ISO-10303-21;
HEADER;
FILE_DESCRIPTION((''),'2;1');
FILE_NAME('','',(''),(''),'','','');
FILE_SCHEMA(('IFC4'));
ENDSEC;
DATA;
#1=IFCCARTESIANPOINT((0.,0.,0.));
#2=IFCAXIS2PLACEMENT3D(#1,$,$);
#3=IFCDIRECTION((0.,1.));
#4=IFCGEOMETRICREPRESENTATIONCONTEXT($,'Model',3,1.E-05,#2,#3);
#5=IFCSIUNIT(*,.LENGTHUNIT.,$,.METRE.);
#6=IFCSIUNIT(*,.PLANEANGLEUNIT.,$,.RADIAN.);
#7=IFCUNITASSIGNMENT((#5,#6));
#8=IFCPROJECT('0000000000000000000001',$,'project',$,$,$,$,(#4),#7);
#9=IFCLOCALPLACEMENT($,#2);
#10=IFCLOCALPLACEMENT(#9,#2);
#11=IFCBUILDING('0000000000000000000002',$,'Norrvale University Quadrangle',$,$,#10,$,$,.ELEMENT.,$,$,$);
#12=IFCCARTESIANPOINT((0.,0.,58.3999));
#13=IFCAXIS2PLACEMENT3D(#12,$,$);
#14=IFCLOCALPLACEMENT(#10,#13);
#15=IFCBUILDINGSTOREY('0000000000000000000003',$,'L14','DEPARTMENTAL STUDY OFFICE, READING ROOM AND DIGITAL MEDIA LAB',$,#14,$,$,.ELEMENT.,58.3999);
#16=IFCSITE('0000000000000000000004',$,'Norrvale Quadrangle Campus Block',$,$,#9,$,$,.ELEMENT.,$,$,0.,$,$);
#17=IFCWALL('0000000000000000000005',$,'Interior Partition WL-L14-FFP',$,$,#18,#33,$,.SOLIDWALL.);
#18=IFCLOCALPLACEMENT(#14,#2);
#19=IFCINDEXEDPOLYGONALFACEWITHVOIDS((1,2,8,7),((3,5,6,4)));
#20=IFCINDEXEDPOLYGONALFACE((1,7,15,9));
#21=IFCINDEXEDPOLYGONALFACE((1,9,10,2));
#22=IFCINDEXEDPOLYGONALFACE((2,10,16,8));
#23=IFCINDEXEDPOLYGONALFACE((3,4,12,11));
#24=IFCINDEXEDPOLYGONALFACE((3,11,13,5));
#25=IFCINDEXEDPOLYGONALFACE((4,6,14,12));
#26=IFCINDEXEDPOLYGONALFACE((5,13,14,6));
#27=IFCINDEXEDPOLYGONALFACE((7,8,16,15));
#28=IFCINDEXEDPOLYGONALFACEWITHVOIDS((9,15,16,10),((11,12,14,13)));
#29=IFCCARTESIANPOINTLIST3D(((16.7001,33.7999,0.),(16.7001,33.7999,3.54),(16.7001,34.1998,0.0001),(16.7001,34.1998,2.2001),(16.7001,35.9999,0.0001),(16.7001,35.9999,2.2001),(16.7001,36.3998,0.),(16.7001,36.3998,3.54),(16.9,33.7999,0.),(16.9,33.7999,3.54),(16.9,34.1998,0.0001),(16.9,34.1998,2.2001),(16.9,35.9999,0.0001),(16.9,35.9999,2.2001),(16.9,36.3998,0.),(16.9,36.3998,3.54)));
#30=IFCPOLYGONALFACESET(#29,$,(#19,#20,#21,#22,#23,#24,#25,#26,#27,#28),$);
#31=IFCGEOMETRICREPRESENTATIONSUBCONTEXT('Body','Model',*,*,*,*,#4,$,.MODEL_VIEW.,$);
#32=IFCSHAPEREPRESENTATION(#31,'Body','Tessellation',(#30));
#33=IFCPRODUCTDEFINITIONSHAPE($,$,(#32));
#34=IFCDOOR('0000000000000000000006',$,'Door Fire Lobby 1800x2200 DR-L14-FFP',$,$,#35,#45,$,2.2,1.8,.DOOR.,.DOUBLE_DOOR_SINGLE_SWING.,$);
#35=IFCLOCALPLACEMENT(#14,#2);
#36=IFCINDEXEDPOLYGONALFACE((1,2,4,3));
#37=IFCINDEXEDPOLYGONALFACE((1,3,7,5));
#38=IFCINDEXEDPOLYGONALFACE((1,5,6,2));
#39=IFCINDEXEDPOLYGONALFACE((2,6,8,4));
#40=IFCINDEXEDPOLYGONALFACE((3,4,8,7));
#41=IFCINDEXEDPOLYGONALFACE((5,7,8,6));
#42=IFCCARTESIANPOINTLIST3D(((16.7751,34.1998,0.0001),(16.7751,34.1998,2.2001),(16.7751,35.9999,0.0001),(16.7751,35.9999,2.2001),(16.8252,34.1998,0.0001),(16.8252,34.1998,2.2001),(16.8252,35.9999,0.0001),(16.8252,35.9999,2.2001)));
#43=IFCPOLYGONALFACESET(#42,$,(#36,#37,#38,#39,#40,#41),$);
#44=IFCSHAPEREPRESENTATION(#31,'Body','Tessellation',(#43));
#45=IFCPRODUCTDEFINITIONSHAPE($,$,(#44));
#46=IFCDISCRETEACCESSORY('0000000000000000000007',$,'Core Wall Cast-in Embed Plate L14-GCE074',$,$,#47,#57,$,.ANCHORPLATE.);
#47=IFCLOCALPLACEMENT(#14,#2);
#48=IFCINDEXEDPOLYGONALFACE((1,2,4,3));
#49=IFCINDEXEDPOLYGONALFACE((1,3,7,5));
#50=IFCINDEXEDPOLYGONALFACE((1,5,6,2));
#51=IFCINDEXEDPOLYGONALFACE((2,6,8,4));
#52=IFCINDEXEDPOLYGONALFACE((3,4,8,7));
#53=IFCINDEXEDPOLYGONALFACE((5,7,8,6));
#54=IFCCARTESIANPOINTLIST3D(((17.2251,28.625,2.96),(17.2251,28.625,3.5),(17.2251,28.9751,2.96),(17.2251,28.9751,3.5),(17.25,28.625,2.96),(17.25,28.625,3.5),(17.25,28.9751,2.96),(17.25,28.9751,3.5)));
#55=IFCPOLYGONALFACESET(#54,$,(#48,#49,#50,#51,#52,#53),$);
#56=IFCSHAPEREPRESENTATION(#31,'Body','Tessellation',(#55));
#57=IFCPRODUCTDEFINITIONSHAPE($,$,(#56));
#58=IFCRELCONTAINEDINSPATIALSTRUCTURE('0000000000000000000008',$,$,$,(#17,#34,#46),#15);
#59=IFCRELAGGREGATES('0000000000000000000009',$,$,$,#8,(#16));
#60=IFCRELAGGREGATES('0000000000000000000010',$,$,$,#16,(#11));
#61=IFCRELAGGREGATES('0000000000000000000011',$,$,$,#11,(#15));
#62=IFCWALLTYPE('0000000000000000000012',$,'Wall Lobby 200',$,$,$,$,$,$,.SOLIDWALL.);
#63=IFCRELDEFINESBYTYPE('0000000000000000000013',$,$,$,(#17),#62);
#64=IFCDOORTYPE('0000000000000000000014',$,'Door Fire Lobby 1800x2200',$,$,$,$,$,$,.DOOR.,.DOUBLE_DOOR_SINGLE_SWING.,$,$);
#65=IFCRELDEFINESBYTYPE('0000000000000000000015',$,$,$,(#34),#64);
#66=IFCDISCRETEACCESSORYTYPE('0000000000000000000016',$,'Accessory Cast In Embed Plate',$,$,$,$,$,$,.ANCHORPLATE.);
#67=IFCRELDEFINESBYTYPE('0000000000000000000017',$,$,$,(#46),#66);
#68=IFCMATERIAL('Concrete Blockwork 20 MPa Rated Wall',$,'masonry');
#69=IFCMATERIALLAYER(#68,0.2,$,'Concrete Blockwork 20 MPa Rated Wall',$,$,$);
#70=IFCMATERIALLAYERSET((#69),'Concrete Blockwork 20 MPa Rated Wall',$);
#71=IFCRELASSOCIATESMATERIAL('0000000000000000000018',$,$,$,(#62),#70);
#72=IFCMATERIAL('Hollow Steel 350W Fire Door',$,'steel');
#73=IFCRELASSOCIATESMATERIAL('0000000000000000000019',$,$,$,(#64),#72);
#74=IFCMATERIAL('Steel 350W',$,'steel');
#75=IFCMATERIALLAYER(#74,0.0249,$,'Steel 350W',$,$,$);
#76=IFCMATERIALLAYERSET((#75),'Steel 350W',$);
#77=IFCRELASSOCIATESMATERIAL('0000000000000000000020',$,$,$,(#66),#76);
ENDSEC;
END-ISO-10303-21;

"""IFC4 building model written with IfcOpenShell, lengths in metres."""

from ifc_helpers import new_model, si_unit, direction, frame, frame_2d, origin, origin_2d, place, context, subcontext, project, spatial, rectangle, extrude, material, layer, layer_set, type_object, element, fill, save


model = new_model("IFC4")

# Units and contexts
model_context = context("Model", 3, precision=1e-05, world=origin(), true_north=direction((0.0, 1.0)))
body_context = subcontext(model_context, "Body", "Model", "MODEL_VIEW")
ifc_project = project(units=[si_unit("LENGTHUNIT", "METRE"), si_unit("PLANEANGLEUNIT", "RADIAN")], contexts=[model_context])

# Site, building, storey
site_placement = place(None, origin())
site = spatial("IfcSite", under=ifc_project, at=site_placement, Name="Norrvale Quadrangle Campus Block", CompositionType="ELEMENT", RefElevation=0.0)
building_placement = place(site_placement, origin())
building = spatial("IfcBuilding", under=site, at=building_placement, Name="Norrvale University Quadrangle", CompositionType="ELEMENT")
storey_placement = place(building_placement, frame((0.0, 0.0, 58.3999)))
storey = spatial("IfcBuildingStorey", under=building, at=storey_placement, Name="L14", Description="DEPARTMENTAL STUDY OFFICE, READING ROOM AND DIGITAL MEDIA LAB", CompositionType="ELEMENT", Elevation=58.3999)

# Shared definitions
ifc_material_1 = material(Name="Steel 350W", Category="steel")

# Wall, opening, door
ifc_material_2 = material(Name="Concrete Blockwork 20 MPa Rated Wall", Category="masonry")
ifc_layer_1 = layer(ifc_material_2, 0.2, Name="Concrete Blockwork 20 MPa Rated Wall")
ifc_layer_set_1 = layer_set([ifc_layer_1], Name="Concrete Blockwork 20 MPa Rated Wall")
wall_type_1 = type_object("IfcWallType", Name="Wall Lobby 200", PredefinedType="SOLIDWALL", material=ifc_layer_set_1)
wall_1_placement = place(storey_placement, frame((16.8, 33.8, 0.0), z_axis=(0.0, 0.0, 1.0), x_axis=(0.0, 1.0, 0.0)))
wall_1 = element("IfcWall", 1, at=wall_1_placement, inside=storey, type_object=wall_type_1, Name="Interior Partition WL-L14-FFP", PredefinedType="SOLIDWALL", context=body_context, shape_type="SweptSolid", body=[
    extrude(rectangle(XDim=2.5999, YDim=0.2, at=frame_2d((1.2998, 0.0))), origin(), (0.0, 0.0, 1.0), 3.54),
])
opening_1_placement = place(wall_1_placement, frame((0.3999, 0.0, 0.0)))
opening_1 = element("IfcOpeningElement", 2, at=opening_1_placement, cuts=wall_1, PredefinedType="OPENING", context=body_context, shape_type="SweptSolid", body=[
    extrude(rectangle(XDim=1.8, YDim=2.2, at=frame_2d((0.8999, 1.1001))), frame((0.0, 0.1121, 0.0), z_axis=(0.0, -1.0, 0.0), x_axis=(1.0, 0.0, 0.0)), (0.0, 0.0, 1.0), 0.2239),
])
ifc_material_3 = material(Name="Hollow Steel 350W Fire Door", Category="steel")
door_type_1 = type_object("IfcDoorType", Name="Door Fire Lobby 1800x2200", OperationType="DOUBLE_DOOR_SINGLE_SWING", PredefinedType="DOOR", material=ifc_material_3)
door_1_placement = place(opening_1_placement, origin())
door_1 = element("IfcDoor", 3, at=door_1_placement, inside=storey, type_object=door_type_1, Name="Door Fire Lobby 1800x2200 DR-L14-FFP", OperationType="DOUBLE_DOOR_SINGLE_SWING", OverallHeight=2.2, OverallWidth=1.8, PredefinedType="DOOR", context=body_context, shape_type="SweptSolid", body=[
    extrude(rectangle(XDim=1.8, YDim=2.2, at=frame_2d((0.8999, 1.1001))), frame((0.0, 0.0249, 0.0), z_axis=(0.0, -1.0, 0.0), x_axis=(1.0, 0.0, 0.0)), (0.0, 0.0, 1.0), 0.05),
])
fill(opening_1, door_1)

# Discrete accessory
ifc_layer_2 = layer(ifc_material_1, 0.0249, Name="Steel 350W")
ifc_layer_set_2 = layer_set([ifc_layer_2], Name="Steel 350W")
discrete_accessory_type = type_object("IfcDiscreteAccessoryType", Name="Accessory Cast In Embed Plate", PredefinedType="ANCHORPLATE", material=ifc_layer_set_2)
discrete_accessory_placement = place(storey_placement, frame((17.2375, 28.8, 2.96), z_axis=(0.0, 0.0, 1.0), x_axis=(1.0, 0.0, 0.0)))
element("IfcDiscreteAccessory", 4, at=discrete_accessory_placement, inside=storey, type_object=discrete_accessory_type, Name="Core Wall Cast-in Embed Plate L14-GCE074", PredefinedType="ANCHORPLATE", context=body_context, shape_type="SweptSolid", body=[
    extrude(rectangle(XDim=0.0249, YDim=0.3501, at=origin_2d()), origin(), (0.0, 0.0, 1.0), 0.54),
])

save(model, "model.ifc")
